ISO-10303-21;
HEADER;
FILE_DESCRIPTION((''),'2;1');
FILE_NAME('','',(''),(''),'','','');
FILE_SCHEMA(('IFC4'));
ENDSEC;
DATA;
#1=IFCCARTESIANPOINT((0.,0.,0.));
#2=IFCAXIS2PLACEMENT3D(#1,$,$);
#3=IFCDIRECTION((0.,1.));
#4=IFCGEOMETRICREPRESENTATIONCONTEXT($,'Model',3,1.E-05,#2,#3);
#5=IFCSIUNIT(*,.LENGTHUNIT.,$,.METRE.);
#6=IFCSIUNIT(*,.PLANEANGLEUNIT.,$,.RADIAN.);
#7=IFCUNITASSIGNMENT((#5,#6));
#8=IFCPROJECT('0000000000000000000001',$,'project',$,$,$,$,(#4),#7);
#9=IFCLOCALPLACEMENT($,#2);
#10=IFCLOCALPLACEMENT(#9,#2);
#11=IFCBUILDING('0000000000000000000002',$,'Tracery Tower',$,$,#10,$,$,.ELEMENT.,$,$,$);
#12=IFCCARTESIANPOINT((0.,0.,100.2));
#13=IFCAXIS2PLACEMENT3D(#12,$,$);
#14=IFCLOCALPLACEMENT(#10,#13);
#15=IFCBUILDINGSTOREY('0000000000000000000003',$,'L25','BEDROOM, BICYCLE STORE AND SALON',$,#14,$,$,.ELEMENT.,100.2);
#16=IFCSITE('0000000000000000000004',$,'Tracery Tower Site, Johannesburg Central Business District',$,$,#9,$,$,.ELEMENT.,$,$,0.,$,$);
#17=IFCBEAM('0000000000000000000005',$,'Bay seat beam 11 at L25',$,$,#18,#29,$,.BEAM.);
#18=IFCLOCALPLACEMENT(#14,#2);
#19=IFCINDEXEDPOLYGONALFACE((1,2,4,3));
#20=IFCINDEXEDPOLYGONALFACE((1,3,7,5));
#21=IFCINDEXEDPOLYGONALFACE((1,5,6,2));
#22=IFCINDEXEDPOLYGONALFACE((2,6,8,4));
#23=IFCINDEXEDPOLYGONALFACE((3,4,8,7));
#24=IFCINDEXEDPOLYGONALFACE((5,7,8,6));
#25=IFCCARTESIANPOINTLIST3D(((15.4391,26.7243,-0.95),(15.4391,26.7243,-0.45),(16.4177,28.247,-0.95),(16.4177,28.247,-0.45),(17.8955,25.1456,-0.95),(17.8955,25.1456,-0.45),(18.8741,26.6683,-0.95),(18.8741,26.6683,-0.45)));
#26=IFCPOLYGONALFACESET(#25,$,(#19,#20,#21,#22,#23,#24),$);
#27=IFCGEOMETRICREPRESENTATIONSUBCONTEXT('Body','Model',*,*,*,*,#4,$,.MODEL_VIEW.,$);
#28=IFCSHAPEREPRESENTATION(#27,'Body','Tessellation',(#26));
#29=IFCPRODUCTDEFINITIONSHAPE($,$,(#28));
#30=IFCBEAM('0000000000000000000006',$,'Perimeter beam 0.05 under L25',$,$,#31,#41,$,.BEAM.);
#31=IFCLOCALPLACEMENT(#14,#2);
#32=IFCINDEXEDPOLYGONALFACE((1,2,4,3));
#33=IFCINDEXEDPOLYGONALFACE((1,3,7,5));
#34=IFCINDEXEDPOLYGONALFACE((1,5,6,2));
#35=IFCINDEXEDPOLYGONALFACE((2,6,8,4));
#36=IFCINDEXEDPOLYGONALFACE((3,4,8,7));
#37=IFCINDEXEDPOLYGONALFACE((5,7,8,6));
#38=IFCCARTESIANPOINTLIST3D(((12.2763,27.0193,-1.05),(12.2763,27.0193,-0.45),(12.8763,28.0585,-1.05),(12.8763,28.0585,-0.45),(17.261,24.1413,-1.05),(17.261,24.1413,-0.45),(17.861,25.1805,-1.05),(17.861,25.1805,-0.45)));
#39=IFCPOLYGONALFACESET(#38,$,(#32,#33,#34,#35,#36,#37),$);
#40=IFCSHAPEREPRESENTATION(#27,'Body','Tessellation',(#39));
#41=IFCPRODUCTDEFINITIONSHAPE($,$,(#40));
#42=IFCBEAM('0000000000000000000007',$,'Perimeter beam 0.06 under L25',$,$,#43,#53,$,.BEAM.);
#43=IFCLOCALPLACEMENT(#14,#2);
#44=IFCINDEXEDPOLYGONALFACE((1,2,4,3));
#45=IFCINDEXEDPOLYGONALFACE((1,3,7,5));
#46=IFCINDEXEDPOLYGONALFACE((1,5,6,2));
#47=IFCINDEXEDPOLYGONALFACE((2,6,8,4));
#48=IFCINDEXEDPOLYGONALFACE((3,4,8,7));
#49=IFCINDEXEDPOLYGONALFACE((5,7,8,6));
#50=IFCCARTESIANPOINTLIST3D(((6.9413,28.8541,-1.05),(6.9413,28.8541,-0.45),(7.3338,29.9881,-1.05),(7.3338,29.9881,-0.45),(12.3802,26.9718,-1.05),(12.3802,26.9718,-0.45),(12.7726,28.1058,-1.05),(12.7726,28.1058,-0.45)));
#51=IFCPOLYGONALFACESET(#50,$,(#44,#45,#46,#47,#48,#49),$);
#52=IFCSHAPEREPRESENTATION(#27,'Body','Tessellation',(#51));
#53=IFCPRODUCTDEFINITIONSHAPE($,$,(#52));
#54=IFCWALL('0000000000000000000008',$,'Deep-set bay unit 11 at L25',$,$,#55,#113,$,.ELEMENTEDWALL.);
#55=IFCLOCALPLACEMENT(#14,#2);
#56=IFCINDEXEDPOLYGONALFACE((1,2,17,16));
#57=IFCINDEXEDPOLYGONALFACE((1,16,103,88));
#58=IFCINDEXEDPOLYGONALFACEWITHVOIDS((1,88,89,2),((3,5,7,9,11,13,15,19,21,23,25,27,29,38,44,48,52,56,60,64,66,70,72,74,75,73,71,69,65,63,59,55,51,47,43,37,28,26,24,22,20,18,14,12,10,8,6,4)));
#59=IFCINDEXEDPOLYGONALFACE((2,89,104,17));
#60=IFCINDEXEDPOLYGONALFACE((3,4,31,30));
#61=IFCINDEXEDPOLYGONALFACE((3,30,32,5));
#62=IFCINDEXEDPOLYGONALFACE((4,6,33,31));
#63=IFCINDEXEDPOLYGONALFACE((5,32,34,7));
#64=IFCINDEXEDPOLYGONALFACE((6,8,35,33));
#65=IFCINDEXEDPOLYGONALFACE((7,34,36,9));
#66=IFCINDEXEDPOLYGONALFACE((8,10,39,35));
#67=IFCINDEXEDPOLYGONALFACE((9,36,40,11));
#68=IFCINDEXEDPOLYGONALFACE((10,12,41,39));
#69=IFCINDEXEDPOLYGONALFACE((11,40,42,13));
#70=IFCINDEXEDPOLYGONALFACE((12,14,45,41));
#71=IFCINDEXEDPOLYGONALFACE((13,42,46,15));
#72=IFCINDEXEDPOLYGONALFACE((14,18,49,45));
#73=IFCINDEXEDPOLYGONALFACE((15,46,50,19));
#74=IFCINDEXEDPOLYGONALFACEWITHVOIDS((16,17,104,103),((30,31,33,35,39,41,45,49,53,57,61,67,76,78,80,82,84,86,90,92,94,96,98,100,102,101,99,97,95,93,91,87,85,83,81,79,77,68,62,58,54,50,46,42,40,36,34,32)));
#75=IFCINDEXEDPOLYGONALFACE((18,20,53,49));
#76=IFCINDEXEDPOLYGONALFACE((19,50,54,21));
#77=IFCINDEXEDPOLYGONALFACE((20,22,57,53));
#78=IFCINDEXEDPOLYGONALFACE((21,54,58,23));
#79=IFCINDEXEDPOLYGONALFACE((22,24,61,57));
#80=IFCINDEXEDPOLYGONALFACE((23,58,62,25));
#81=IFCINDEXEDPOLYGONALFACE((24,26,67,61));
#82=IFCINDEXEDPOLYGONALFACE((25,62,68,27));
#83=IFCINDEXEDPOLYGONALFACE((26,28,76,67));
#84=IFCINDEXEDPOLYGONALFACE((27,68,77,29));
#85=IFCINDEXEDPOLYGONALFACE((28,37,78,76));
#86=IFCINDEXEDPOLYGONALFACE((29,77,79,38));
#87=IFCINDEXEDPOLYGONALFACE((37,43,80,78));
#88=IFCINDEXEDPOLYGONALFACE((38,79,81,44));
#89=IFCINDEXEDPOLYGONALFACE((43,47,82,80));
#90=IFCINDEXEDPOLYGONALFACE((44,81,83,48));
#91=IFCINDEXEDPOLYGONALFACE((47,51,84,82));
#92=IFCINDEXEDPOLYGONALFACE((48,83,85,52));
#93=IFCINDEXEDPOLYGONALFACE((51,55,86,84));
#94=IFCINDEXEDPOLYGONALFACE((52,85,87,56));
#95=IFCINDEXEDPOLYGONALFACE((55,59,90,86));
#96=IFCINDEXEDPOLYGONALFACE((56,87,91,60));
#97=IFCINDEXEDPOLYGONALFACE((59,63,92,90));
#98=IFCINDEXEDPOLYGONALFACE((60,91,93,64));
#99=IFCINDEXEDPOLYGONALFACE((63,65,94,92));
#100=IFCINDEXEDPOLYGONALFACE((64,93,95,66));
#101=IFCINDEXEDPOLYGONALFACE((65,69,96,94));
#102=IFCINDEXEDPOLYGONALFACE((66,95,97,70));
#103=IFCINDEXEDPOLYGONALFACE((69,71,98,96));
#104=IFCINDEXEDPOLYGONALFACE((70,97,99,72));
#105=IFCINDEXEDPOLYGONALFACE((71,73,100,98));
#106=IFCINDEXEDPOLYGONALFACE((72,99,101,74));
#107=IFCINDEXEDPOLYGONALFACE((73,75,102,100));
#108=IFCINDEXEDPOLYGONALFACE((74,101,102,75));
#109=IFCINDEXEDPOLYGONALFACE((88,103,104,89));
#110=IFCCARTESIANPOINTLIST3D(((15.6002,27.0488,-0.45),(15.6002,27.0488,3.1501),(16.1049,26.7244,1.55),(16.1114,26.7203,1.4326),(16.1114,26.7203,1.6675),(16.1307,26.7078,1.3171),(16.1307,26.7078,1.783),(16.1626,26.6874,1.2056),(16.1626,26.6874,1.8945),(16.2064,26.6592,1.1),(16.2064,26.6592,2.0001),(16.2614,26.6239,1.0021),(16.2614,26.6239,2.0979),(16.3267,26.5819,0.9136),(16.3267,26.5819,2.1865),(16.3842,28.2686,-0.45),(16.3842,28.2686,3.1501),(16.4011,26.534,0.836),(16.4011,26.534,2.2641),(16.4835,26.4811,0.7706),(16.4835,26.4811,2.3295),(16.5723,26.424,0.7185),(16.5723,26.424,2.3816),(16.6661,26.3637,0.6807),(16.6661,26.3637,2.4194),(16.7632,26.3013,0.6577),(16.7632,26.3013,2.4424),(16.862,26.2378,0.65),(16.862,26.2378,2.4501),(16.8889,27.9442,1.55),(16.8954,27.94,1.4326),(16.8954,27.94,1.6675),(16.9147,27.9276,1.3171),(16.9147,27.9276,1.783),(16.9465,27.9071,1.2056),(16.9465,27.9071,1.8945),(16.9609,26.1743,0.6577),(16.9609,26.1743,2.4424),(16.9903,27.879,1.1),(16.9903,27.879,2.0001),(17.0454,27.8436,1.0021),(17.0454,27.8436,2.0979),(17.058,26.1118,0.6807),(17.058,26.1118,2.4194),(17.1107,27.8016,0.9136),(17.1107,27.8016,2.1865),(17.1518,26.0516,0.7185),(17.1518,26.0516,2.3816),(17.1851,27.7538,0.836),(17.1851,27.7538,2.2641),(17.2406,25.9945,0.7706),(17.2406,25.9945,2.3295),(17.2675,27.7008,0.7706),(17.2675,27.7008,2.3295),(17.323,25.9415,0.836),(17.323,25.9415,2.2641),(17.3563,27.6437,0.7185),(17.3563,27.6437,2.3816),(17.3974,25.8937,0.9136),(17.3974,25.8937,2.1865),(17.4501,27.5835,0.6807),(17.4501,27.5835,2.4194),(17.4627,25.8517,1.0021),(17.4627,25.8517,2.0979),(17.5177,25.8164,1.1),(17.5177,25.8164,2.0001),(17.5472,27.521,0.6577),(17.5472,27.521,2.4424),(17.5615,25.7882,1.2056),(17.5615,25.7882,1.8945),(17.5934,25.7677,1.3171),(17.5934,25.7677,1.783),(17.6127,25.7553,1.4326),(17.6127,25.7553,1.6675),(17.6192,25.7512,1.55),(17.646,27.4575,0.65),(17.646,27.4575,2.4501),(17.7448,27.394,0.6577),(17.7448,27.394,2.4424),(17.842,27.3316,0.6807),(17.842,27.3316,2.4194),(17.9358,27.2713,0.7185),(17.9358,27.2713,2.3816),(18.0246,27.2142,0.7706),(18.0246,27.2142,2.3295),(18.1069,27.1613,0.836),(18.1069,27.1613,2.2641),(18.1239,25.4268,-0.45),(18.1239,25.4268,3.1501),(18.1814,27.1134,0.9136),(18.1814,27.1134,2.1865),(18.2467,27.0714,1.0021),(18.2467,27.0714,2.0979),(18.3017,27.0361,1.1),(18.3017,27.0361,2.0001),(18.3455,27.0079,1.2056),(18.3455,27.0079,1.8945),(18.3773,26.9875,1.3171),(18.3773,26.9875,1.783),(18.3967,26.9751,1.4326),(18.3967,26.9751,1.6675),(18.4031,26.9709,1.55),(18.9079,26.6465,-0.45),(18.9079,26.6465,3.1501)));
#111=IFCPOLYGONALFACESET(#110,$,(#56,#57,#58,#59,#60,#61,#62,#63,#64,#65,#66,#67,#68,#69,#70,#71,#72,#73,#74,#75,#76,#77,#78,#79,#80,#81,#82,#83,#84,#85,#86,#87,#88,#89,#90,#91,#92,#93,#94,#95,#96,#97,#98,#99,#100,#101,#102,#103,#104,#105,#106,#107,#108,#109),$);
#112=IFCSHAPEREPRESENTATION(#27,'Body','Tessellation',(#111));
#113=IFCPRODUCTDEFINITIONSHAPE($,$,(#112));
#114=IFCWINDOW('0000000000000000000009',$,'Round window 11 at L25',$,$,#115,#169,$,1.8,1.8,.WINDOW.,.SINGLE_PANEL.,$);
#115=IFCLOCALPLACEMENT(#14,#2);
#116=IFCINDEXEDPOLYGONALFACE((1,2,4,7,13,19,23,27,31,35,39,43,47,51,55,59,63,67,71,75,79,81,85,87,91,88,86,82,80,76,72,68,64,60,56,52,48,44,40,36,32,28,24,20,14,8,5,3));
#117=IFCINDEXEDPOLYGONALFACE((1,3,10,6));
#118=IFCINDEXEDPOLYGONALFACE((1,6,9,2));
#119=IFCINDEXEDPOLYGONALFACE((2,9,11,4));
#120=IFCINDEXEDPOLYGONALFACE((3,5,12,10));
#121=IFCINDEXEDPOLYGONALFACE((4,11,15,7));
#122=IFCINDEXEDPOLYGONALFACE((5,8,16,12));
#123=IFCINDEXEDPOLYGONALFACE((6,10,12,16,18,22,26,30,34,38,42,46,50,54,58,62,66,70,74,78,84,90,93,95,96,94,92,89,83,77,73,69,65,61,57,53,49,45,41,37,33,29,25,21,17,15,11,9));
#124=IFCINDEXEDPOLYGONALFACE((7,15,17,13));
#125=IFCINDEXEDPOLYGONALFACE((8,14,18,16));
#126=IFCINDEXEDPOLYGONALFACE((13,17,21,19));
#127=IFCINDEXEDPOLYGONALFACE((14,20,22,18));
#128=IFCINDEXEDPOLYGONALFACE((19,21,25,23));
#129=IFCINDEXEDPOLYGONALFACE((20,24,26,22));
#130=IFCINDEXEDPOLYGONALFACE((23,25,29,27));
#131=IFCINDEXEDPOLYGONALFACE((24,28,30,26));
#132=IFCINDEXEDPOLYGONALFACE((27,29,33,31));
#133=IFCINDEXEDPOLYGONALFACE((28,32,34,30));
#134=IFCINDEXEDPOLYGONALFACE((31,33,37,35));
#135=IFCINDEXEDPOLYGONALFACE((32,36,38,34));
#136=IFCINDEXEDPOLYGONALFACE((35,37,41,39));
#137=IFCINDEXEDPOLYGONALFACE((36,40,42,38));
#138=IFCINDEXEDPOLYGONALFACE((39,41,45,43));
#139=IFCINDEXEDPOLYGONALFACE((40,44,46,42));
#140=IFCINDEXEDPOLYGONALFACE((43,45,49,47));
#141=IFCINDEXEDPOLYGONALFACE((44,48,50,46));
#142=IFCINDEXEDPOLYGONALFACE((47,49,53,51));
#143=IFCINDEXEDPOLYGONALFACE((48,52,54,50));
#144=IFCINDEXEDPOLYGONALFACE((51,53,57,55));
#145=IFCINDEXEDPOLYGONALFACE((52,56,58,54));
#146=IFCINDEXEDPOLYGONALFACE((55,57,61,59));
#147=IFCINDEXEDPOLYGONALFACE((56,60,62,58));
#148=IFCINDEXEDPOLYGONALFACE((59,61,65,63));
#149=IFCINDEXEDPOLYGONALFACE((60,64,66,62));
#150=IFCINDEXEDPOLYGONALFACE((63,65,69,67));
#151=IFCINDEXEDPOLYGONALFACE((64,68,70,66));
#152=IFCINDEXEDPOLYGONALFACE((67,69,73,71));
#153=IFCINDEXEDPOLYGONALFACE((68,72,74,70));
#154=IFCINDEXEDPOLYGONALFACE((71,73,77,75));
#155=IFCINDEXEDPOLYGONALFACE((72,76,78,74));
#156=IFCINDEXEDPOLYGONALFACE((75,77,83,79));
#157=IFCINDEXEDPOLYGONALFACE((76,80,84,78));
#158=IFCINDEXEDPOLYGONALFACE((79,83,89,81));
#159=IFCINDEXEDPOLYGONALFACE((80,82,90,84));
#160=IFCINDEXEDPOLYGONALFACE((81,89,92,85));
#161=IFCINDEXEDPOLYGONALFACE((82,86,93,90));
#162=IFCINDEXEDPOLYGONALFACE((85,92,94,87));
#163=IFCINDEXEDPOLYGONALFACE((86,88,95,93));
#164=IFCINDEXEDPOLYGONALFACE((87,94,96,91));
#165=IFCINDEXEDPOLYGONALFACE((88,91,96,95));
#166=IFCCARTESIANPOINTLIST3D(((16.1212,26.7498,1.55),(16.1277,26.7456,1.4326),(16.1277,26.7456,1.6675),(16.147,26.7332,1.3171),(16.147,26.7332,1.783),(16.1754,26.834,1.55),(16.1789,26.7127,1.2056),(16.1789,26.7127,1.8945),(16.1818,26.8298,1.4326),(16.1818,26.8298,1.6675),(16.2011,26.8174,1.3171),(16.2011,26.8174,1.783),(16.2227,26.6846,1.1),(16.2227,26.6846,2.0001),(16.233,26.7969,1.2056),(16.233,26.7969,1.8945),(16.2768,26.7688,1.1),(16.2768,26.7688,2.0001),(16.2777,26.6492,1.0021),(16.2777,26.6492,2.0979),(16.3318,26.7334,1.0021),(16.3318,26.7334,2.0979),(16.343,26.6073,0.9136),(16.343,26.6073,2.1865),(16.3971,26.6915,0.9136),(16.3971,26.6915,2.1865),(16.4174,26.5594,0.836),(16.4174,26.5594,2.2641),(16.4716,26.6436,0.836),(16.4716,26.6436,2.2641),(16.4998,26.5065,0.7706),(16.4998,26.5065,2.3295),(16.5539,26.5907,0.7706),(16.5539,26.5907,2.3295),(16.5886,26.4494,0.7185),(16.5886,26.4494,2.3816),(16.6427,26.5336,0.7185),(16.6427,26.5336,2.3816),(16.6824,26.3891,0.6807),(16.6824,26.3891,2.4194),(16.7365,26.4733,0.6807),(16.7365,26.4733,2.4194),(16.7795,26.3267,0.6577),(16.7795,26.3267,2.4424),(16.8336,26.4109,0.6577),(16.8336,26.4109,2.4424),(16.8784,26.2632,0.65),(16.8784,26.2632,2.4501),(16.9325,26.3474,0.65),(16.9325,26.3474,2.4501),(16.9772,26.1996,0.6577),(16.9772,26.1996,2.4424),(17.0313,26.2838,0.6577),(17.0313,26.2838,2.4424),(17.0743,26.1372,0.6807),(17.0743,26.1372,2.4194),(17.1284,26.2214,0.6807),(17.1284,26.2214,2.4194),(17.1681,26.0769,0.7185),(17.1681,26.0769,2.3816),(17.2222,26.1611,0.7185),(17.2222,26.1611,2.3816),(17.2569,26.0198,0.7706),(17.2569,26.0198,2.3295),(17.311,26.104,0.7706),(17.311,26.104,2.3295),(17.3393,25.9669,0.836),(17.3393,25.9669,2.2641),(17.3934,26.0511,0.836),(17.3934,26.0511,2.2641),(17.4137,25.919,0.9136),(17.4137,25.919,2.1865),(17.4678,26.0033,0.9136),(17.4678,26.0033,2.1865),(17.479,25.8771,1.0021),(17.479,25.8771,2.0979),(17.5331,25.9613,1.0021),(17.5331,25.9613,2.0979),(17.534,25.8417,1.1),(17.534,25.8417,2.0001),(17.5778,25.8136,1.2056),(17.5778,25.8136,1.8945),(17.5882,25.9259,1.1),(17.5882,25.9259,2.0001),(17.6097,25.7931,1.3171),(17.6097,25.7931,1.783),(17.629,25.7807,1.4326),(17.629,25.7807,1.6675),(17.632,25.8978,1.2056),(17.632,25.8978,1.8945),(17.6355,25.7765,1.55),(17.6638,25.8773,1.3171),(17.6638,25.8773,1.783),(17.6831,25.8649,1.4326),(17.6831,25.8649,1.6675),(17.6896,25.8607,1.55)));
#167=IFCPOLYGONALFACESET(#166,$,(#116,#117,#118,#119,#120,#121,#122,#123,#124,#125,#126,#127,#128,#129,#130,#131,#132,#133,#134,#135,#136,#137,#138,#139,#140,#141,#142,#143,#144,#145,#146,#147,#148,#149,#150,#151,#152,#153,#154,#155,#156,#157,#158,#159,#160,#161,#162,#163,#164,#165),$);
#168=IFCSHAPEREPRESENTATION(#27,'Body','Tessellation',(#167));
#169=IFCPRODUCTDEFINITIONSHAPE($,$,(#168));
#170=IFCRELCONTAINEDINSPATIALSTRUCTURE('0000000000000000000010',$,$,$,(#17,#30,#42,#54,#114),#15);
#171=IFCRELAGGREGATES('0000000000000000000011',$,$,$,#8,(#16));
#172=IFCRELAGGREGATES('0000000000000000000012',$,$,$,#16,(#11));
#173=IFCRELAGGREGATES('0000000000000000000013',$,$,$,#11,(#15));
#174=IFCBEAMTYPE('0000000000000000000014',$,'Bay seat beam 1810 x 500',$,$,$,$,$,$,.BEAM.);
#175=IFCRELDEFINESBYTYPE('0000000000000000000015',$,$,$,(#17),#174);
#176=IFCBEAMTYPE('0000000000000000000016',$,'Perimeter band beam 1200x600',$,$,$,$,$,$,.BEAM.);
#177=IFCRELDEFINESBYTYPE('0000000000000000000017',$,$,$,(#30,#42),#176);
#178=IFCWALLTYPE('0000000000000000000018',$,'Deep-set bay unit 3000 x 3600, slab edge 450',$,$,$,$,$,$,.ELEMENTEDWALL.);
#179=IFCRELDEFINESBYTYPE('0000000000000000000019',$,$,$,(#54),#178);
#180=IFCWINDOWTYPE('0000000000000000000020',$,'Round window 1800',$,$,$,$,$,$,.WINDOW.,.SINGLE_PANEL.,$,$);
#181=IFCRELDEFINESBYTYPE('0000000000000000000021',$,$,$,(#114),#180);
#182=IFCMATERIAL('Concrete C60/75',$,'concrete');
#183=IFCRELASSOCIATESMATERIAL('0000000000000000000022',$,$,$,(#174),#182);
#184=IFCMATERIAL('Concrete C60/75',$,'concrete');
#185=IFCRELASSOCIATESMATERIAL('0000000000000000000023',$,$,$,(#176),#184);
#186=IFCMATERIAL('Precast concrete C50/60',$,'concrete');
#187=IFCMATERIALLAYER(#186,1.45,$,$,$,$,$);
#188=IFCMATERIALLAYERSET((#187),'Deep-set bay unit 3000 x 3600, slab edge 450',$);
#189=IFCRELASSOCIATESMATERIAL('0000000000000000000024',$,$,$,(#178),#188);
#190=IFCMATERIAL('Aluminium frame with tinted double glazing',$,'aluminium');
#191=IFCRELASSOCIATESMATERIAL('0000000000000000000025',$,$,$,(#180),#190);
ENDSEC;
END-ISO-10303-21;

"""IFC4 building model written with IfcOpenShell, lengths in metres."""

from ifc_helpers import new_model, si_unit, direction, frame, frame_2d, origin, origin_2d, place, context, subcontext, project, spatial, rectangle, circle, extrude, material, layer, layer_set, material_profile, profile_set, type_object, element, fill, save


model = new_model("IFC4")

# Units and contexts
model_context = context("Model", 3, precision=1e-05, world=origin(), true_north=direction((0.0, 1.0)))
body_context = subcontext(model_context, "Body", "Model", "MODEL_VIEW")
ifc_project = project(units=[si_unit("LENGTHUNIT", "METRE"), si_unit("PLANEANGLEUNIT", "RADIAN")], contexts=[model_context])

# Site, building, storey
site_placement = place(None, origin())
site = spatial("IfcSite", under=ifc_project, at=site_placement, Name="Tracery Tower Site, Johannesburg Central Business District", CompositionType="ELEMENT", RefElevation=0.0)
building_placement = place(site_placement, origin())
building = spatial("IfcBuilding", under=site, at=building_placement, Name="Tracery Tower", CompositionType="ELEMENT")
storey_placement = place(building_placement, frame((0.0, 0.0, 100.2)))
storey = spatial("IfcBuildingStorey", under=building, at=storey_placement, Name="L25", Description="BEDROOM, BICYCLE STORE AND SALON", CompositionType="ELEMENT", Elevation=100.2)

# Beams
ifc_material_1 = material(Name="Concrete C60/75", Category="concrete")
ifc_material_profile_1 = material_profile(ifc_material_1, rectangle(XDim=1.8101, YDim=0.5, at=origin_2d()), Name="RC 1810x500")
ifc_profile_set_1 = profile_set([ifc_material_profile_1], Name="Concrete C60/75")
beam_type_1 = type_object("IfcBeamType", Name="Bay seat beam 1810 x 500", PredefinedType="BEAM", material=ifc_profile_set_1)
beam_1_placement = place(storey_placement, frame((18.3848, 25.907, -0.7), z_axis=(-0.841246, 0.540652, 0.0), x_axis=(-0.540652, -0.841246, 0.0)))
element("IfcBeam", 1, at=beam_1_placement, inside=storey, type_object=beam_type_1, Name="Bay seat beam 11 at L25", PredefinedType="BEAM", context=body_context, shape_type="SweptSolid", body=[
    extrude(rectangle(XDim=1.8101, YDim=0.5, at=origin_2d()), origin(), (0.0, 0.0, 1.0), 2.9199),
])
ifc_material_2 = material(Name="Concrete C60/75", Category="concrete")
ifc_material_profile_2 = material_profile(ifc_material_2, rectangle(XDim=1.2, YDim=0.6001, at=origin_2d()), Name="RC 1200x600")
ifc_profile_set_2 = profile_set([ifc_material_profile_2], Name="Concrete C60/75")
beam_type_2 = type_object("IfcBeamType", Name="Perimeter band beam 1200x600", PredefinedType="BEAM", material=ifc_profile_set_2)
beam_2_placement = place(storey_placement, frame((17.561, 24.6609, -0.75), z_axis=(-0.866021, 0.500008, 0.0), x_axis=(-0.500008, -0.866021, 0.0)))
element("IfcBeam", 2, at=beam_2_placement, inside=storey, type_object=beam_type_2, Name="Perimeter beam 0.05 under L25", PredefinedType="BEAM", context=body_context, shape_type="SweptSolid", body=[
    extrude(rectangle(XDim=1.2, YDim=0.6001, at=origin_2d()), origin(), (0.0, 0.0, 1.0), 5.7559),
])
beam_3_placement = place(storey_placement, frame((12.5764, 27.5388, -0.75), z_axis=(-0.945007, 0.327049, 0.0), x_axis=(-0.327049, -0.945007, 0.0)))
element("IfcBeam", 3, at=beam_3_placement, inside=storey, type_object=beam_type_2, Name="Perimeter beam 0.06 under L25", PredefinedType="BEAM", context=body_context, shape_type="SweptSolid", body=[
    extrude(rectangle(XDim=1.2, YDim=0.6001, at=origin_2d()), origin(), (0.0, 0.0, 1.0), 5.7554),
])

# Wall, opening, window
ifc_material_3 = material(Name="Precast concrete C50/60", Category="concrete")
ifc_layer_1 = layer(ifc_material_3, 1.45)
ifc_layer_set_1 = layer_set([ifc_layer_1], Name="Deep-set bay unit 3000 x 3600, slab edge 450")
wall_type_1 = type_object("IfcWallType", Name="Deep-set bay unit 3000 x 3600, slab edge 450", PredefinedType="ELEMENTEDWALL", material=ifc_layer_set_1)
wall_1_placement = place(storey_placement, frame((18.5159, 26.0366, -0.45), z_axis=(0.0, 0.0, 1.0), x_axis=(-0.841223, 0.540688, 0.0)))
wall_1 = element("IfcWall", 4, at=wall_1_placement, inside=storey, type_object=wall_type_1, Name="Deep-set bay unit 11 at L25", PredefinedType="ELEMENTEDWALL", context=body_context, shape_type="SweptSolid", body=[
    extrude(rectangle(XDim=3.0, YDim=1.45, at=frame_2d((1.5, 0.0))), origin(), (0.0, 0.0, 1.0), 3.6001),
])
opening_1_placement = place(wall_1_placement, frame((1.5, 0.0, 2.0)))
opening_1 = element("IfcOpeningElement", 5, at=opening_1_placement, cuts=wall_1, PredefinedType="OPENING", context=body_context, shape_type="SweptSolid", body=[
    extrude(circle(Radius=0.9, at=origin_2d()), frame((0.0, 0.7349, 0.0), z_axis=(0.0, -1.0, 0.0), x_axis=(1.0, 0.0, 0.0)), (0.0, 0.0, 1.0), 1.47),
])
ifc_material_4 = material(Name="Aluminium frame with tinted double glazing", Category="aluminium")
window_type = type_object("IfcWindowType", Name="Round window 1800", PartitioningType="SINGLE_PANEL", PredefinedType="WINDOW", material=ifc_material_4)
window_1_placement = place(opening_1_placement, origin())
window_1 = element("IfcWindow", 6, at=window_1_placement, inside=storey, type_object=window_type, Name="Round window 11 at L25", OverallHeight=1.8, OverallWidth=1.8, PartitioningType="SINGLE_PANEL", PredefinedType="WINDOW", context=body_context, shape_type="SweptSolid", body=[
    extrude(circle(Radius=0.9, at=origin_2d()), frame((0.0, 0.6948, 0.0), z_axis=(0.0, -1.0, 0.0), x_axis=(1.0, 0.0, 0.0)), (0.0, 0.0, 1.0), 0.1001),
])
fill(opening_1, window_1)

save(model, "model.ifc")
